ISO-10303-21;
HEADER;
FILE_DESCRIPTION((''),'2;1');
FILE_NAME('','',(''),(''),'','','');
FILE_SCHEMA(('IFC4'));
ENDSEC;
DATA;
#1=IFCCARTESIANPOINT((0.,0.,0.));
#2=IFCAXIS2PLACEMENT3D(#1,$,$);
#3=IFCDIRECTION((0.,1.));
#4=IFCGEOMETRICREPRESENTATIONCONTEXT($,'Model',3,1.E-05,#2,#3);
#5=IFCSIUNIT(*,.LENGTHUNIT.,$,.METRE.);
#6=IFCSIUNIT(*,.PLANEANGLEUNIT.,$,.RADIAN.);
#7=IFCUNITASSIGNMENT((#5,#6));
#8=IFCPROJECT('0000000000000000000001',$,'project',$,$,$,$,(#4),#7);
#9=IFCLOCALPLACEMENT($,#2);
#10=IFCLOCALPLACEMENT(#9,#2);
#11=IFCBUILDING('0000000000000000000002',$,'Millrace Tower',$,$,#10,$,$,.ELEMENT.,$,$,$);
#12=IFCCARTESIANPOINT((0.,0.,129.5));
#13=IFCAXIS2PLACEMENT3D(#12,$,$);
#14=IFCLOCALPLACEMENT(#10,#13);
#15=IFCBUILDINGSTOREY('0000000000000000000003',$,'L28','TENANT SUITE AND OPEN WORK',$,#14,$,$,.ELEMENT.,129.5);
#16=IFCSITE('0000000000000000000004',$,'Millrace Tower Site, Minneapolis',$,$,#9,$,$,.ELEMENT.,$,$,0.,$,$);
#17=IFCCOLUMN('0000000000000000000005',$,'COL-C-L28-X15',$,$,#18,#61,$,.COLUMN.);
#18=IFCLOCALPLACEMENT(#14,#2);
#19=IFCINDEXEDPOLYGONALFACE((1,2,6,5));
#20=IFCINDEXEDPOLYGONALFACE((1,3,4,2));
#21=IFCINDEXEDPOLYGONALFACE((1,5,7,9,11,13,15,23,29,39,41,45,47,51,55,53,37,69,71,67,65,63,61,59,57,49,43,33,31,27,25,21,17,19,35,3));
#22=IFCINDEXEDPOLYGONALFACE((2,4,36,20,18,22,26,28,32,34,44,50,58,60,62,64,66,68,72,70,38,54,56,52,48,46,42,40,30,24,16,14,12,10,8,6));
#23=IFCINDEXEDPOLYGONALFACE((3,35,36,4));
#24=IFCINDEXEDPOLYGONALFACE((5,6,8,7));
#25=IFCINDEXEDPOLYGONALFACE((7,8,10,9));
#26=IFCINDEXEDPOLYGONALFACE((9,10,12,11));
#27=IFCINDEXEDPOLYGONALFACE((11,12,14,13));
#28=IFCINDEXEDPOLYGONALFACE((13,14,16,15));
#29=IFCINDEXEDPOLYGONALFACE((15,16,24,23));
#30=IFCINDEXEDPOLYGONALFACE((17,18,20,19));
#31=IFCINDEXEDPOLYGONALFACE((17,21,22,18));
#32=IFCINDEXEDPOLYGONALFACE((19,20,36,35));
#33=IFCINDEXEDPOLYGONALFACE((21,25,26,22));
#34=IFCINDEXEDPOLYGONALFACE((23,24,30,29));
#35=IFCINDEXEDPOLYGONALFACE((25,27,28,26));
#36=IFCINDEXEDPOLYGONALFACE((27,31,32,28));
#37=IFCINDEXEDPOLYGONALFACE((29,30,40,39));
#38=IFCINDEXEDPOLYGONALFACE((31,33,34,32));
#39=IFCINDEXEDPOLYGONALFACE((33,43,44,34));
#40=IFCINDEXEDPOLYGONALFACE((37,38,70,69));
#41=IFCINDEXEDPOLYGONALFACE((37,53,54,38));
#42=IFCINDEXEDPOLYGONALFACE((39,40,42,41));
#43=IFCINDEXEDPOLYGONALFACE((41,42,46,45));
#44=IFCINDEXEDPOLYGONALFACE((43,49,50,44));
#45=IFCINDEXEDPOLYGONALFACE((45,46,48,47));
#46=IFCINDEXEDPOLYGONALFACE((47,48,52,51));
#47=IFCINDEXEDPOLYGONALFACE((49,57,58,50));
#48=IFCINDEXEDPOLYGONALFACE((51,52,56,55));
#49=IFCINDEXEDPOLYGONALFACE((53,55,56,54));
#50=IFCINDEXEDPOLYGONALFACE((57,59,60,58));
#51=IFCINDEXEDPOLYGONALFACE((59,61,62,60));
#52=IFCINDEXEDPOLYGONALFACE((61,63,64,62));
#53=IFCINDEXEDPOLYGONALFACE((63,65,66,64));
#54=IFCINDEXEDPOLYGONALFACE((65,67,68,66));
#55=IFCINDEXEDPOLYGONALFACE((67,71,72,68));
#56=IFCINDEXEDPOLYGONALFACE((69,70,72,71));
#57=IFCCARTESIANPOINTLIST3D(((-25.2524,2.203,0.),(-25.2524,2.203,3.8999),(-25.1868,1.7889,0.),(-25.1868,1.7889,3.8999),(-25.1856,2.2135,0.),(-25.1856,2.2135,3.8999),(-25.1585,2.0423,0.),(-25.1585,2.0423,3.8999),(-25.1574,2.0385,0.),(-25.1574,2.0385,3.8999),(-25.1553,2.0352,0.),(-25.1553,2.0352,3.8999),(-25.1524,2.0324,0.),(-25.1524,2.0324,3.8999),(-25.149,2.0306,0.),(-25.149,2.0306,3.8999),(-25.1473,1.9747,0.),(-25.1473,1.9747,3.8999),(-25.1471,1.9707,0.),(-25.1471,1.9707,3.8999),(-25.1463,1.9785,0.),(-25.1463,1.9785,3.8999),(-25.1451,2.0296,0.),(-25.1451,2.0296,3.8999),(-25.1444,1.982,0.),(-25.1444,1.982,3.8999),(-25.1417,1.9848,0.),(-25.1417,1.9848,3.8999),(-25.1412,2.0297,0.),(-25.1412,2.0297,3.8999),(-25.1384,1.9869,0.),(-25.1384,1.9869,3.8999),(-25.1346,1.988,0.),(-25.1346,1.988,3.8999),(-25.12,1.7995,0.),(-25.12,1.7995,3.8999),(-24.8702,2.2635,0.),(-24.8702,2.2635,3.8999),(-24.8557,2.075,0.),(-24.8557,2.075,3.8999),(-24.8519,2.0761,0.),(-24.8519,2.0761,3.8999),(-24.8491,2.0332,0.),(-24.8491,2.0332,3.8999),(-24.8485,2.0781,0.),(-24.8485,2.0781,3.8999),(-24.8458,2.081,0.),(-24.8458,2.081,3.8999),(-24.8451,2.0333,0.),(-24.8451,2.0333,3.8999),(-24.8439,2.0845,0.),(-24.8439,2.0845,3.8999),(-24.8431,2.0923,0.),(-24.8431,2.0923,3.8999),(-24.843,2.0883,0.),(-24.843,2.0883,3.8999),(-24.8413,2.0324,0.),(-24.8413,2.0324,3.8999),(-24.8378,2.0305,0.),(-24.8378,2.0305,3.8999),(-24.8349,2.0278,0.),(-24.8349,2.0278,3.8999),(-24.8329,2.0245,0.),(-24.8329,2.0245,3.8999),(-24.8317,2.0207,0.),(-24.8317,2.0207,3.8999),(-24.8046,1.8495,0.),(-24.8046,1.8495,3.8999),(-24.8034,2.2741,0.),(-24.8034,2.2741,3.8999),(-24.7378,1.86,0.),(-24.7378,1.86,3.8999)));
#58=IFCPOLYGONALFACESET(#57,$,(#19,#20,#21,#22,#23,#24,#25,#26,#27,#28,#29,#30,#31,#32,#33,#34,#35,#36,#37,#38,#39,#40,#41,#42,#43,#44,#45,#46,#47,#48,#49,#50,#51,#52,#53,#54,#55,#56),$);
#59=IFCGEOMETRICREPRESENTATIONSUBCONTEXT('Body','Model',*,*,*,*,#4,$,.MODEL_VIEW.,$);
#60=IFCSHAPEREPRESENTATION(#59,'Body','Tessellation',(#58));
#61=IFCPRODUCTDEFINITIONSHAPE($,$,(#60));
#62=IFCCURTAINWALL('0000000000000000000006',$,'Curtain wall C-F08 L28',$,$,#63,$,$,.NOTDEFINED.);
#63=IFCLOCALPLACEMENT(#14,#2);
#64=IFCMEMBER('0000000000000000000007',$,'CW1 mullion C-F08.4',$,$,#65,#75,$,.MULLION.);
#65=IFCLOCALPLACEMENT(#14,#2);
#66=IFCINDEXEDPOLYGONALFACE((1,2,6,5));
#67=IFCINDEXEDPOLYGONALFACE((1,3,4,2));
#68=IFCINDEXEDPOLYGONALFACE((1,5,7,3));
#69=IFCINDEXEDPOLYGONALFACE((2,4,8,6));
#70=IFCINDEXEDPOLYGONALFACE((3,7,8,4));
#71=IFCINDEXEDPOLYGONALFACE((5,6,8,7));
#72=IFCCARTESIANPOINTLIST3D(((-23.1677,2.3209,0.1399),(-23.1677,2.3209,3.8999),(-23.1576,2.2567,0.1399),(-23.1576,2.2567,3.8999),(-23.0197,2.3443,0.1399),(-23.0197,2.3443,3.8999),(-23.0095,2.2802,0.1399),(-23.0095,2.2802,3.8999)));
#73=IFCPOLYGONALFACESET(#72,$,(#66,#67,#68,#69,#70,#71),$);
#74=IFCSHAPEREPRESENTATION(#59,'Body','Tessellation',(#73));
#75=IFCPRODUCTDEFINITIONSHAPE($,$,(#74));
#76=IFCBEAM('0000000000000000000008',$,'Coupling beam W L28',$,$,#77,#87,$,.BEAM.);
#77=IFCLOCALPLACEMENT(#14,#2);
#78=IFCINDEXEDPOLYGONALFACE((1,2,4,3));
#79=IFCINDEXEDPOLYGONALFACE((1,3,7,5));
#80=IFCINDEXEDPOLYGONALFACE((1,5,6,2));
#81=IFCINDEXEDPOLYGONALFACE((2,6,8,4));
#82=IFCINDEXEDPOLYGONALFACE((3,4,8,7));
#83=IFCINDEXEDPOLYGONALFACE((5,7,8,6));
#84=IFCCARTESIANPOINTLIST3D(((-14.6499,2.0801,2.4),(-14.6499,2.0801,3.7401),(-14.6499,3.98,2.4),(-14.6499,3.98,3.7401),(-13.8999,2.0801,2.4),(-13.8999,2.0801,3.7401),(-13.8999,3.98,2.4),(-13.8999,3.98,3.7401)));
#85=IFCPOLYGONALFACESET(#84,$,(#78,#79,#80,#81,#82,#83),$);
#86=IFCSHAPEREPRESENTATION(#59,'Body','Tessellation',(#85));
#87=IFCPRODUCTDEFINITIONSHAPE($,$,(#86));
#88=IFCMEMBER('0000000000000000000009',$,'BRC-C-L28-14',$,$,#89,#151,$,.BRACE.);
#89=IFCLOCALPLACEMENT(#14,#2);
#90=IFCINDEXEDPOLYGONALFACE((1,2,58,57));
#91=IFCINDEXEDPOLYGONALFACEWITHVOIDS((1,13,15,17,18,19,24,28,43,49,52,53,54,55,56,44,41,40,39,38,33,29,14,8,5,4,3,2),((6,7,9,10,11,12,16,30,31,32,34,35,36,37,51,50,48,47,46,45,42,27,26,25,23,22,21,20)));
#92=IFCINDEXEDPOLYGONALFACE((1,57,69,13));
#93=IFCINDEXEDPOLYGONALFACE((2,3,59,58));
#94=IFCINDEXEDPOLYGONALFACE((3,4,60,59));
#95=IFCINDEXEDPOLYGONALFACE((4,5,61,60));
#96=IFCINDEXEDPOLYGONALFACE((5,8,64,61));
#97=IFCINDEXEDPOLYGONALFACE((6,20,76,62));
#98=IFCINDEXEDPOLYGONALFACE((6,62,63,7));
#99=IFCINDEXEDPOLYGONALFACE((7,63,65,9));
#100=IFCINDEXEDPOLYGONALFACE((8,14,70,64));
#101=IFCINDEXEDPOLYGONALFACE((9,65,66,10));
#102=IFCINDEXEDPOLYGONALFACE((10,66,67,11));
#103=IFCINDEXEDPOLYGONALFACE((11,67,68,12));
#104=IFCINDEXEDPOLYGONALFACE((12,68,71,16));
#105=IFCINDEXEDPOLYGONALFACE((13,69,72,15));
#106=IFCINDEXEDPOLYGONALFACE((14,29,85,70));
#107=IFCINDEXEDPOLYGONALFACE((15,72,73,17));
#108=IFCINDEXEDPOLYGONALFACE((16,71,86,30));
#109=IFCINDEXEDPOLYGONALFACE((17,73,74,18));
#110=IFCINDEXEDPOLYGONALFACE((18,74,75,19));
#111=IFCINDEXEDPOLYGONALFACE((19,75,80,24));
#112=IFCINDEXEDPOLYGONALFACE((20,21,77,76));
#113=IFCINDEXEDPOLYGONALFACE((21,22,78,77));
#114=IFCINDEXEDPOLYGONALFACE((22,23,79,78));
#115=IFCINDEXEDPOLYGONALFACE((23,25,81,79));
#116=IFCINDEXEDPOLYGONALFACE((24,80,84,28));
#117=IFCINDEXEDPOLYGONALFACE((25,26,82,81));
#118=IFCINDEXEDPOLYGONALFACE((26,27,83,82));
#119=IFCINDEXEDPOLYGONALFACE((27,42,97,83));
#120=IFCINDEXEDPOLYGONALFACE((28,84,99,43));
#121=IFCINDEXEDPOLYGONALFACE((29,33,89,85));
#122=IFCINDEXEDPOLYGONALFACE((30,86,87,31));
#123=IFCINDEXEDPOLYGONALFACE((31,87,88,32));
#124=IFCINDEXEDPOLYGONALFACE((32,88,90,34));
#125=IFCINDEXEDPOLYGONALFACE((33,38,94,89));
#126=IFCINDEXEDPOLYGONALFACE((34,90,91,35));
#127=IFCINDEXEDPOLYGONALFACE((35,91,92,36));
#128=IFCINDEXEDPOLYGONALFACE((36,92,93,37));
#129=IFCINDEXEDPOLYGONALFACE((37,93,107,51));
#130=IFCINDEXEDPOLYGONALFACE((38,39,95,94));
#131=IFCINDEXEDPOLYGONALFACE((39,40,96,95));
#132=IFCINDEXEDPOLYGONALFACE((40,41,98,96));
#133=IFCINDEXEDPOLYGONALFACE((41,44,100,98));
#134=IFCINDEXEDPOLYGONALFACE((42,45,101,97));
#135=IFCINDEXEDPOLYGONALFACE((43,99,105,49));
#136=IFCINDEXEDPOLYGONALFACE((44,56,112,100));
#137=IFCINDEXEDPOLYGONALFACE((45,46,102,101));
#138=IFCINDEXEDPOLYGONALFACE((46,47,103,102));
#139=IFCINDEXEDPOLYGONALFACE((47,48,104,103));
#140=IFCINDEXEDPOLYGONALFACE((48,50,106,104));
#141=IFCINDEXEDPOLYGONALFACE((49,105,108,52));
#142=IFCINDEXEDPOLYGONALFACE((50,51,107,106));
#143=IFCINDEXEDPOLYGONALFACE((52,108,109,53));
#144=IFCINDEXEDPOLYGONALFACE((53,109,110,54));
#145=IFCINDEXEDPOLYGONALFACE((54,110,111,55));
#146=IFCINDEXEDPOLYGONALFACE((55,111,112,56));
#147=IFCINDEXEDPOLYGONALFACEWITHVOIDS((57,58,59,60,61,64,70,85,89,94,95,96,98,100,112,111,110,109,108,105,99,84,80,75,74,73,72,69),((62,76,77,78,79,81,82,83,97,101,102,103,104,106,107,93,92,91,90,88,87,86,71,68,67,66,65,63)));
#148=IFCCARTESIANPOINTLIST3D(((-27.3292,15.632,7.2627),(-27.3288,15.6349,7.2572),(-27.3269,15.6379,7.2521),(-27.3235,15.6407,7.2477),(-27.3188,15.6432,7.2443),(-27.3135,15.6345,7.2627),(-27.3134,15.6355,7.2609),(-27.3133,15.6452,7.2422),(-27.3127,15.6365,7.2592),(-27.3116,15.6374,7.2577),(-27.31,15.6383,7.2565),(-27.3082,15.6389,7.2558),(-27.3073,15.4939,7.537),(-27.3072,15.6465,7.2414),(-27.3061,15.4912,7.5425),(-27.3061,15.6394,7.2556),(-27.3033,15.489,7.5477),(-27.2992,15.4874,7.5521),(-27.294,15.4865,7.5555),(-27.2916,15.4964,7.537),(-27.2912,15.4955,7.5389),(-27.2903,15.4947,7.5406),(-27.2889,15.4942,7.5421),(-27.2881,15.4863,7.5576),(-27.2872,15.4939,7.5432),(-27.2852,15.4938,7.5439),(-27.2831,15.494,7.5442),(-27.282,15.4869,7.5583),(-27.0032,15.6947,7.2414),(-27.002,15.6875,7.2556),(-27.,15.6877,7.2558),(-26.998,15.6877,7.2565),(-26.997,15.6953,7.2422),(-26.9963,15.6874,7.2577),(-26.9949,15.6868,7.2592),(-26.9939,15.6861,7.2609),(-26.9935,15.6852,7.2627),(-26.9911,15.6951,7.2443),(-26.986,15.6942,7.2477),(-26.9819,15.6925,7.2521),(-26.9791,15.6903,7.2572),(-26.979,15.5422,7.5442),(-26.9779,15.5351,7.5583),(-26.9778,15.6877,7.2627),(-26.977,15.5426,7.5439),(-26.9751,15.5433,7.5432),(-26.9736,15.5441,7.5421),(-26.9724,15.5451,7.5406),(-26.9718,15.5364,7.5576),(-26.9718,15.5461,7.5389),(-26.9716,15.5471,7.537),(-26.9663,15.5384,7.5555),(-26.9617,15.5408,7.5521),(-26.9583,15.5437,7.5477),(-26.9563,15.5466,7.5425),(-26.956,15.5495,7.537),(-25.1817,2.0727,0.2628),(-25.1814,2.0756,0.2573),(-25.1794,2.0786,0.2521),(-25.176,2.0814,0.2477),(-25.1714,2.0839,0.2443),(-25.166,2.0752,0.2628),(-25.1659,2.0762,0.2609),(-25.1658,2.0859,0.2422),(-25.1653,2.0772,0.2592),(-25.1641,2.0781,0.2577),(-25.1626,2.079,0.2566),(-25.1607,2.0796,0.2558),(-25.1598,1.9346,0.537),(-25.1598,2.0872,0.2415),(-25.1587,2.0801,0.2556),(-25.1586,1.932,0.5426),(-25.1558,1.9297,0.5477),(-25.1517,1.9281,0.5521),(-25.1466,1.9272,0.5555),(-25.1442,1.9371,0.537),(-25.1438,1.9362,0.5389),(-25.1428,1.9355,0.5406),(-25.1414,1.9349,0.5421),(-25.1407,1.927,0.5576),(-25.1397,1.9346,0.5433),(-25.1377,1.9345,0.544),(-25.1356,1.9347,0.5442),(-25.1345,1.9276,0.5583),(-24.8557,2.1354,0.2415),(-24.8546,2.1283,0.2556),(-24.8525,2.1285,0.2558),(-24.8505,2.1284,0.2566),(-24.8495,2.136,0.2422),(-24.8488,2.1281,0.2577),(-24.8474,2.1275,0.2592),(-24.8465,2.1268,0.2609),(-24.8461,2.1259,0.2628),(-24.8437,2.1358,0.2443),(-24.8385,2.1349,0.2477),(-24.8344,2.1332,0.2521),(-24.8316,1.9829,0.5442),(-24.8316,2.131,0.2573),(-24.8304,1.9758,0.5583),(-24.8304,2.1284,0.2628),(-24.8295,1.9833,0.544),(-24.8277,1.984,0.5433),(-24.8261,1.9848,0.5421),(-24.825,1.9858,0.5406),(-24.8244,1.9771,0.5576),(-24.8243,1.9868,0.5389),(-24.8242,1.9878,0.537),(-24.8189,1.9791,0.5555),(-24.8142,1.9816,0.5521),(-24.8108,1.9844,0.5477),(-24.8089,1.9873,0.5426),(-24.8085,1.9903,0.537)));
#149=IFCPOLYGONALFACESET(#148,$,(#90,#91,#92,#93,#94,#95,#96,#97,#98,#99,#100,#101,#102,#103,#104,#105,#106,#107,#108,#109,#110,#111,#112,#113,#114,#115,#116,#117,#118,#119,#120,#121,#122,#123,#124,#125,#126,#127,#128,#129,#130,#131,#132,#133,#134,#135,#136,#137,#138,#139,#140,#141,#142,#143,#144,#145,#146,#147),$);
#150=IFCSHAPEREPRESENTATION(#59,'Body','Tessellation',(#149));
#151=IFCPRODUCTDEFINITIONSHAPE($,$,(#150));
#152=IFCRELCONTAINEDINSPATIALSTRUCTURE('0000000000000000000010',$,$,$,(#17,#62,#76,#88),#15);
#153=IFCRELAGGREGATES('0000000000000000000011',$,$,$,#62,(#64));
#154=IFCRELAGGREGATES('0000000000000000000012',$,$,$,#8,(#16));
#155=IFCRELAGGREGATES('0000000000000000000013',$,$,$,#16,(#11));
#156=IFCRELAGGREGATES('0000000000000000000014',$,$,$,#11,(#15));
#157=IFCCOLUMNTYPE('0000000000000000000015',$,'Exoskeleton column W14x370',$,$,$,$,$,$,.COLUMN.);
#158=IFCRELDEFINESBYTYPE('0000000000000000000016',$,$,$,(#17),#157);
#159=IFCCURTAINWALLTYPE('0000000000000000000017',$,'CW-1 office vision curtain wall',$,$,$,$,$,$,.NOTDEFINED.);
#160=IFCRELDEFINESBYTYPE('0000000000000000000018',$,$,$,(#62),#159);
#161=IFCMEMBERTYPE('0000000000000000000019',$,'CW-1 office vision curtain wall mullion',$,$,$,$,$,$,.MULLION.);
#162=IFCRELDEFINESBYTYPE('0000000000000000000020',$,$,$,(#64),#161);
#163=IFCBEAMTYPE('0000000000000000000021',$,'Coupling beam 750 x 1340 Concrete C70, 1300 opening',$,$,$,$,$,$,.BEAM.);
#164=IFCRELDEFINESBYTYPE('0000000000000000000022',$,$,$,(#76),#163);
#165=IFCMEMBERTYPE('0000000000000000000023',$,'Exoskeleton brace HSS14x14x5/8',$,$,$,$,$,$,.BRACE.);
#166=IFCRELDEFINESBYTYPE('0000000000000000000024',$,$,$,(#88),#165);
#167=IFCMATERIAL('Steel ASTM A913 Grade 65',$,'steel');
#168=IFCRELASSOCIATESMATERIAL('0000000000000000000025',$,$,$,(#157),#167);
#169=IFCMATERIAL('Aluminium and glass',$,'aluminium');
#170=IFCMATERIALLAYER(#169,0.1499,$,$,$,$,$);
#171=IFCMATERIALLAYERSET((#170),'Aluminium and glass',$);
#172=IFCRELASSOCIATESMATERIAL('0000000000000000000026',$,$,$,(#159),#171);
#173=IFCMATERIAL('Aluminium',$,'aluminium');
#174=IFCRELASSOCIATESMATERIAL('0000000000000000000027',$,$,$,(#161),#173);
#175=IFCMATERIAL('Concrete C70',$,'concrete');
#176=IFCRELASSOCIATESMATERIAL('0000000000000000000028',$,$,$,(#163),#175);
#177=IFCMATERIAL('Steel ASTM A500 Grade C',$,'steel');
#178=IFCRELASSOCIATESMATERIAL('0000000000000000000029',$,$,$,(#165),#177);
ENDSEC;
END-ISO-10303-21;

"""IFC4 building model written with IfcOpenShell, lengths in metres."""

from ifc_helpers import new_model, si_unit, direction, frame, origin, origin_2d, place, context, subcontext, project, spatial, rectangle, hollow_rectangle, i_section, extrude, material, layer, layer_set, material_profile, profile_set, type_object, element, aggregate, save


model = new_model("IFC4")

# Units and contexts
model_context = context("Model", 3, precision=1e-05, world=origin(), true_north=direction((0.0, 1.0)))
body_context = subcontext(model_context, "Body", "Model", "MODEL_VIEW")
ifc_project = project(units=[si_unit("LENGTHUNIT", "METRE"), si_unit("PLANEANGLEUNIT", "RADIAN")], contexts=[model_context])

# Site, building, storey
site_placement = place(None, origin())
site = spatial("IfcSite", under=ifc_project, at=site_placement, Name="Millrace Tower Site, Minneapolis", CompositionType="ELEMENT", RefElevation=0.0)
building_placement = place(site_placement, origin())
building = spatial("IfcBuilding", under=site, at=building_placement, Name="Millrace Tower", CompositionType="ELEMENT")
storey_placement = place(building_placement, frame((0.0, 0.0, 129.5)))
storey = spatial("IfcBuildingStorey", under=building, at=storey_placement, Name="L28", Description="TENANT SUITE AND OPEN WORK", CompositionType="ELEMENT", Elevation=129.5)

# Column
ifc_material_1 = material(Name="Steel ASTM A913 Grade 65", Category="steel")
ifc_material_profile_1 = material_profile(ifc_material_1, i_section(OverallWidth=0.4192, OverallDepth=0.4546, WebThickness=0.0422, FlangeThickness=0.0676, FilletRadius=0.0151, at=origin_2d()))
ifc_profile_set_1 = profile_set([ifc_material_profile_1], Name="Steel ASTM A913 Grade 65")
column_type = type_object("IfcColumnType", Name="Exoskeleton column W14x370", PredefinedType="COLUMN", material=ifc_profile_set_1)
column_placement = place(storey_placement, frame((-24.9951, 2.0315, 0.0), z_axis=(0.0, 0.0, 1.0), x_axis=(0.156434, -0.987688, 0.0)))
element("IfcColumn", 1, at=column_placement, inside=storey, type_object=column_type, Name="COL-C-L28-X15", PredefinedType="COLUMN", context=body_context, shape_type="SweptSolid", body=[
    extrude(i_section(OverallWidth=0.4192, OverallDepth=0.4546, WebThickness=0.0422, FlangeThickness=0.0676, FilletRadius=0.0151, at=origin_2d()), origin(), (0.0, 0.0, 1.0), 3.8999),
])

# Curtain wall, member
ifc_material_2 = material(Name="Aluminium and glass", Category="aluminium")
ifc_layer_1 = layer(ifc_material_2, 0.1499)
ifc_layer_set_1 = layer_set([ifc_layer_1], Name="Aluminium and glass")
curtain_wall_type = type_object("IfcCurtainWallType", Name="CW-1 office vision curtain wall", PredefinedType="NOTDEFINED", material=ifc_layer_set_1)
curtain_wall_placement = place(storey_placement, origin())
curtain_wall = element("IfcCurtainWall", 2, at=curtain_wall_placement, inside=storey, type_object=curtain_wall_type, Name="Curtain wall C-F08 L28", PredefinedType="NOTDEFINED")
ifc_material_3 = material(Name="Aluminium", Category="aluminium")
ifc_material_profile_2 = material_profile(ifc_material_3, rectangle(XDim=0.0649, YDim=0.1499, at=origin_2d()))
ifc_profile_set_2 = profile_set([ifc_material_profile_2], Name="Aluminium")
member_type_1 = type_object("IfcMemberType", Name="CW-1 office vision curtain wall mullion", PredefinedType="MULLION", material=ifc_profile_set_2)
member_1_placement = place(storey_placement, frame((-23.0886, 2.3005, 0.1399), z_axis=(0.0, 0.0, 1.0), x_axis=(0.156434, -0.987688, 0.0)))
member_1 = element("IfcMember", 3, at=member_1_placement, type_object=member_type_1, Name="CW1 mullion C-F08.4", PredefinedType="MULLION", context=body_context, shape_type="SweptSolid", body=[
    extrude(rectangle(XDim=0.0649, YDim=0.1499, at=origin_2d()), origin(), (0.0, 0.0, 1.0), 3.76),
])
aggregate(curtain_wall, [member_1])

# Beam
ifc_material_4 = material(Name="Concrete C70", Category="concrete")
ifc_material_profile_3 = material_profile(ifc_material_4, rectangle(XDim=0.75, YDim=1.3401, at=origin_2d()))
ifc_profile_set_3 = profile_set([ifc_material_profile_3], Name="Concrete C70")
beam_type_1 = type_object("IfcBeamType", Name="Coupling beam 750 x 1340 Concrete C70, 1300 opening", PredefinedType="BEAM", material=ifc_profile_set_3)
beam_1_placement = place(storey_placement, frame((-14.2749, 2.0801, 3.0701), z_axis=(0.0, 1.0, 0.0), x_axis=(-1.0, 0.0, 0.0)))
element("IfcBeam", 4, at=beam_1_placement, inside=storey, type_object=beam_type_1, Name="Coupling beam W L28", PredefinedType="BEAM", context=body_context, shape_type="SweptSolid", body=[
    extrude(rectangle(XDim=0.75, YDim=1.3401, at=origin_2d()), origin(), (0.0, 0.0, 1.0), 1.8999),
])

# Member
ifc_material_5 = material(Name="Steel ASTM A500 Grade C", Category="steel")
ifc_material_profile_4 = material_profile(ifc_material_5, hollow_rectangle(XDim=0.3557, YDim=0.3557, WallThickness=0.0159, InnerFilletRadius=0.0081, OuterFilletRadius=0.0239, at=origin_2d()))
ifc_profile_set_4 = profile_set([ifc_material_profile_4], Name="Steel ASTM A500 Grade C")
member_type_2 = type_object("IfcMemberType", Name="Exoskeleton brace HSS14x14x5/8", PredefinedType="BRACE", material=ifc_profile_set_4)
member_2_placement = place(storey_placement, frame((-24.9951, 2.0315, 0.3999), z_axis=(-0.139355, 0.879907, 0.454252), x_axis=(-0.98769, -0.156426, 0.0)))
element("IfcMember", 5, at=member_2_placement, inside=storey, type_object=member_type_2, Name="BRC-C-L28-14", PredefinedType="BRACE", context=body_context, shape_type="SweptSolid", body=[
    extrude(hollow_rectangle(XDim=0.3557, YDim=0.3557, WallThickness=0.0159, InnerFilletRadius=0.0081, OuterFilletRadius=0.0239, at=origin_2d()), origin(), (0.0, 0.0, 1.0), 15.4099),
])

save(model, "model.ifc")
